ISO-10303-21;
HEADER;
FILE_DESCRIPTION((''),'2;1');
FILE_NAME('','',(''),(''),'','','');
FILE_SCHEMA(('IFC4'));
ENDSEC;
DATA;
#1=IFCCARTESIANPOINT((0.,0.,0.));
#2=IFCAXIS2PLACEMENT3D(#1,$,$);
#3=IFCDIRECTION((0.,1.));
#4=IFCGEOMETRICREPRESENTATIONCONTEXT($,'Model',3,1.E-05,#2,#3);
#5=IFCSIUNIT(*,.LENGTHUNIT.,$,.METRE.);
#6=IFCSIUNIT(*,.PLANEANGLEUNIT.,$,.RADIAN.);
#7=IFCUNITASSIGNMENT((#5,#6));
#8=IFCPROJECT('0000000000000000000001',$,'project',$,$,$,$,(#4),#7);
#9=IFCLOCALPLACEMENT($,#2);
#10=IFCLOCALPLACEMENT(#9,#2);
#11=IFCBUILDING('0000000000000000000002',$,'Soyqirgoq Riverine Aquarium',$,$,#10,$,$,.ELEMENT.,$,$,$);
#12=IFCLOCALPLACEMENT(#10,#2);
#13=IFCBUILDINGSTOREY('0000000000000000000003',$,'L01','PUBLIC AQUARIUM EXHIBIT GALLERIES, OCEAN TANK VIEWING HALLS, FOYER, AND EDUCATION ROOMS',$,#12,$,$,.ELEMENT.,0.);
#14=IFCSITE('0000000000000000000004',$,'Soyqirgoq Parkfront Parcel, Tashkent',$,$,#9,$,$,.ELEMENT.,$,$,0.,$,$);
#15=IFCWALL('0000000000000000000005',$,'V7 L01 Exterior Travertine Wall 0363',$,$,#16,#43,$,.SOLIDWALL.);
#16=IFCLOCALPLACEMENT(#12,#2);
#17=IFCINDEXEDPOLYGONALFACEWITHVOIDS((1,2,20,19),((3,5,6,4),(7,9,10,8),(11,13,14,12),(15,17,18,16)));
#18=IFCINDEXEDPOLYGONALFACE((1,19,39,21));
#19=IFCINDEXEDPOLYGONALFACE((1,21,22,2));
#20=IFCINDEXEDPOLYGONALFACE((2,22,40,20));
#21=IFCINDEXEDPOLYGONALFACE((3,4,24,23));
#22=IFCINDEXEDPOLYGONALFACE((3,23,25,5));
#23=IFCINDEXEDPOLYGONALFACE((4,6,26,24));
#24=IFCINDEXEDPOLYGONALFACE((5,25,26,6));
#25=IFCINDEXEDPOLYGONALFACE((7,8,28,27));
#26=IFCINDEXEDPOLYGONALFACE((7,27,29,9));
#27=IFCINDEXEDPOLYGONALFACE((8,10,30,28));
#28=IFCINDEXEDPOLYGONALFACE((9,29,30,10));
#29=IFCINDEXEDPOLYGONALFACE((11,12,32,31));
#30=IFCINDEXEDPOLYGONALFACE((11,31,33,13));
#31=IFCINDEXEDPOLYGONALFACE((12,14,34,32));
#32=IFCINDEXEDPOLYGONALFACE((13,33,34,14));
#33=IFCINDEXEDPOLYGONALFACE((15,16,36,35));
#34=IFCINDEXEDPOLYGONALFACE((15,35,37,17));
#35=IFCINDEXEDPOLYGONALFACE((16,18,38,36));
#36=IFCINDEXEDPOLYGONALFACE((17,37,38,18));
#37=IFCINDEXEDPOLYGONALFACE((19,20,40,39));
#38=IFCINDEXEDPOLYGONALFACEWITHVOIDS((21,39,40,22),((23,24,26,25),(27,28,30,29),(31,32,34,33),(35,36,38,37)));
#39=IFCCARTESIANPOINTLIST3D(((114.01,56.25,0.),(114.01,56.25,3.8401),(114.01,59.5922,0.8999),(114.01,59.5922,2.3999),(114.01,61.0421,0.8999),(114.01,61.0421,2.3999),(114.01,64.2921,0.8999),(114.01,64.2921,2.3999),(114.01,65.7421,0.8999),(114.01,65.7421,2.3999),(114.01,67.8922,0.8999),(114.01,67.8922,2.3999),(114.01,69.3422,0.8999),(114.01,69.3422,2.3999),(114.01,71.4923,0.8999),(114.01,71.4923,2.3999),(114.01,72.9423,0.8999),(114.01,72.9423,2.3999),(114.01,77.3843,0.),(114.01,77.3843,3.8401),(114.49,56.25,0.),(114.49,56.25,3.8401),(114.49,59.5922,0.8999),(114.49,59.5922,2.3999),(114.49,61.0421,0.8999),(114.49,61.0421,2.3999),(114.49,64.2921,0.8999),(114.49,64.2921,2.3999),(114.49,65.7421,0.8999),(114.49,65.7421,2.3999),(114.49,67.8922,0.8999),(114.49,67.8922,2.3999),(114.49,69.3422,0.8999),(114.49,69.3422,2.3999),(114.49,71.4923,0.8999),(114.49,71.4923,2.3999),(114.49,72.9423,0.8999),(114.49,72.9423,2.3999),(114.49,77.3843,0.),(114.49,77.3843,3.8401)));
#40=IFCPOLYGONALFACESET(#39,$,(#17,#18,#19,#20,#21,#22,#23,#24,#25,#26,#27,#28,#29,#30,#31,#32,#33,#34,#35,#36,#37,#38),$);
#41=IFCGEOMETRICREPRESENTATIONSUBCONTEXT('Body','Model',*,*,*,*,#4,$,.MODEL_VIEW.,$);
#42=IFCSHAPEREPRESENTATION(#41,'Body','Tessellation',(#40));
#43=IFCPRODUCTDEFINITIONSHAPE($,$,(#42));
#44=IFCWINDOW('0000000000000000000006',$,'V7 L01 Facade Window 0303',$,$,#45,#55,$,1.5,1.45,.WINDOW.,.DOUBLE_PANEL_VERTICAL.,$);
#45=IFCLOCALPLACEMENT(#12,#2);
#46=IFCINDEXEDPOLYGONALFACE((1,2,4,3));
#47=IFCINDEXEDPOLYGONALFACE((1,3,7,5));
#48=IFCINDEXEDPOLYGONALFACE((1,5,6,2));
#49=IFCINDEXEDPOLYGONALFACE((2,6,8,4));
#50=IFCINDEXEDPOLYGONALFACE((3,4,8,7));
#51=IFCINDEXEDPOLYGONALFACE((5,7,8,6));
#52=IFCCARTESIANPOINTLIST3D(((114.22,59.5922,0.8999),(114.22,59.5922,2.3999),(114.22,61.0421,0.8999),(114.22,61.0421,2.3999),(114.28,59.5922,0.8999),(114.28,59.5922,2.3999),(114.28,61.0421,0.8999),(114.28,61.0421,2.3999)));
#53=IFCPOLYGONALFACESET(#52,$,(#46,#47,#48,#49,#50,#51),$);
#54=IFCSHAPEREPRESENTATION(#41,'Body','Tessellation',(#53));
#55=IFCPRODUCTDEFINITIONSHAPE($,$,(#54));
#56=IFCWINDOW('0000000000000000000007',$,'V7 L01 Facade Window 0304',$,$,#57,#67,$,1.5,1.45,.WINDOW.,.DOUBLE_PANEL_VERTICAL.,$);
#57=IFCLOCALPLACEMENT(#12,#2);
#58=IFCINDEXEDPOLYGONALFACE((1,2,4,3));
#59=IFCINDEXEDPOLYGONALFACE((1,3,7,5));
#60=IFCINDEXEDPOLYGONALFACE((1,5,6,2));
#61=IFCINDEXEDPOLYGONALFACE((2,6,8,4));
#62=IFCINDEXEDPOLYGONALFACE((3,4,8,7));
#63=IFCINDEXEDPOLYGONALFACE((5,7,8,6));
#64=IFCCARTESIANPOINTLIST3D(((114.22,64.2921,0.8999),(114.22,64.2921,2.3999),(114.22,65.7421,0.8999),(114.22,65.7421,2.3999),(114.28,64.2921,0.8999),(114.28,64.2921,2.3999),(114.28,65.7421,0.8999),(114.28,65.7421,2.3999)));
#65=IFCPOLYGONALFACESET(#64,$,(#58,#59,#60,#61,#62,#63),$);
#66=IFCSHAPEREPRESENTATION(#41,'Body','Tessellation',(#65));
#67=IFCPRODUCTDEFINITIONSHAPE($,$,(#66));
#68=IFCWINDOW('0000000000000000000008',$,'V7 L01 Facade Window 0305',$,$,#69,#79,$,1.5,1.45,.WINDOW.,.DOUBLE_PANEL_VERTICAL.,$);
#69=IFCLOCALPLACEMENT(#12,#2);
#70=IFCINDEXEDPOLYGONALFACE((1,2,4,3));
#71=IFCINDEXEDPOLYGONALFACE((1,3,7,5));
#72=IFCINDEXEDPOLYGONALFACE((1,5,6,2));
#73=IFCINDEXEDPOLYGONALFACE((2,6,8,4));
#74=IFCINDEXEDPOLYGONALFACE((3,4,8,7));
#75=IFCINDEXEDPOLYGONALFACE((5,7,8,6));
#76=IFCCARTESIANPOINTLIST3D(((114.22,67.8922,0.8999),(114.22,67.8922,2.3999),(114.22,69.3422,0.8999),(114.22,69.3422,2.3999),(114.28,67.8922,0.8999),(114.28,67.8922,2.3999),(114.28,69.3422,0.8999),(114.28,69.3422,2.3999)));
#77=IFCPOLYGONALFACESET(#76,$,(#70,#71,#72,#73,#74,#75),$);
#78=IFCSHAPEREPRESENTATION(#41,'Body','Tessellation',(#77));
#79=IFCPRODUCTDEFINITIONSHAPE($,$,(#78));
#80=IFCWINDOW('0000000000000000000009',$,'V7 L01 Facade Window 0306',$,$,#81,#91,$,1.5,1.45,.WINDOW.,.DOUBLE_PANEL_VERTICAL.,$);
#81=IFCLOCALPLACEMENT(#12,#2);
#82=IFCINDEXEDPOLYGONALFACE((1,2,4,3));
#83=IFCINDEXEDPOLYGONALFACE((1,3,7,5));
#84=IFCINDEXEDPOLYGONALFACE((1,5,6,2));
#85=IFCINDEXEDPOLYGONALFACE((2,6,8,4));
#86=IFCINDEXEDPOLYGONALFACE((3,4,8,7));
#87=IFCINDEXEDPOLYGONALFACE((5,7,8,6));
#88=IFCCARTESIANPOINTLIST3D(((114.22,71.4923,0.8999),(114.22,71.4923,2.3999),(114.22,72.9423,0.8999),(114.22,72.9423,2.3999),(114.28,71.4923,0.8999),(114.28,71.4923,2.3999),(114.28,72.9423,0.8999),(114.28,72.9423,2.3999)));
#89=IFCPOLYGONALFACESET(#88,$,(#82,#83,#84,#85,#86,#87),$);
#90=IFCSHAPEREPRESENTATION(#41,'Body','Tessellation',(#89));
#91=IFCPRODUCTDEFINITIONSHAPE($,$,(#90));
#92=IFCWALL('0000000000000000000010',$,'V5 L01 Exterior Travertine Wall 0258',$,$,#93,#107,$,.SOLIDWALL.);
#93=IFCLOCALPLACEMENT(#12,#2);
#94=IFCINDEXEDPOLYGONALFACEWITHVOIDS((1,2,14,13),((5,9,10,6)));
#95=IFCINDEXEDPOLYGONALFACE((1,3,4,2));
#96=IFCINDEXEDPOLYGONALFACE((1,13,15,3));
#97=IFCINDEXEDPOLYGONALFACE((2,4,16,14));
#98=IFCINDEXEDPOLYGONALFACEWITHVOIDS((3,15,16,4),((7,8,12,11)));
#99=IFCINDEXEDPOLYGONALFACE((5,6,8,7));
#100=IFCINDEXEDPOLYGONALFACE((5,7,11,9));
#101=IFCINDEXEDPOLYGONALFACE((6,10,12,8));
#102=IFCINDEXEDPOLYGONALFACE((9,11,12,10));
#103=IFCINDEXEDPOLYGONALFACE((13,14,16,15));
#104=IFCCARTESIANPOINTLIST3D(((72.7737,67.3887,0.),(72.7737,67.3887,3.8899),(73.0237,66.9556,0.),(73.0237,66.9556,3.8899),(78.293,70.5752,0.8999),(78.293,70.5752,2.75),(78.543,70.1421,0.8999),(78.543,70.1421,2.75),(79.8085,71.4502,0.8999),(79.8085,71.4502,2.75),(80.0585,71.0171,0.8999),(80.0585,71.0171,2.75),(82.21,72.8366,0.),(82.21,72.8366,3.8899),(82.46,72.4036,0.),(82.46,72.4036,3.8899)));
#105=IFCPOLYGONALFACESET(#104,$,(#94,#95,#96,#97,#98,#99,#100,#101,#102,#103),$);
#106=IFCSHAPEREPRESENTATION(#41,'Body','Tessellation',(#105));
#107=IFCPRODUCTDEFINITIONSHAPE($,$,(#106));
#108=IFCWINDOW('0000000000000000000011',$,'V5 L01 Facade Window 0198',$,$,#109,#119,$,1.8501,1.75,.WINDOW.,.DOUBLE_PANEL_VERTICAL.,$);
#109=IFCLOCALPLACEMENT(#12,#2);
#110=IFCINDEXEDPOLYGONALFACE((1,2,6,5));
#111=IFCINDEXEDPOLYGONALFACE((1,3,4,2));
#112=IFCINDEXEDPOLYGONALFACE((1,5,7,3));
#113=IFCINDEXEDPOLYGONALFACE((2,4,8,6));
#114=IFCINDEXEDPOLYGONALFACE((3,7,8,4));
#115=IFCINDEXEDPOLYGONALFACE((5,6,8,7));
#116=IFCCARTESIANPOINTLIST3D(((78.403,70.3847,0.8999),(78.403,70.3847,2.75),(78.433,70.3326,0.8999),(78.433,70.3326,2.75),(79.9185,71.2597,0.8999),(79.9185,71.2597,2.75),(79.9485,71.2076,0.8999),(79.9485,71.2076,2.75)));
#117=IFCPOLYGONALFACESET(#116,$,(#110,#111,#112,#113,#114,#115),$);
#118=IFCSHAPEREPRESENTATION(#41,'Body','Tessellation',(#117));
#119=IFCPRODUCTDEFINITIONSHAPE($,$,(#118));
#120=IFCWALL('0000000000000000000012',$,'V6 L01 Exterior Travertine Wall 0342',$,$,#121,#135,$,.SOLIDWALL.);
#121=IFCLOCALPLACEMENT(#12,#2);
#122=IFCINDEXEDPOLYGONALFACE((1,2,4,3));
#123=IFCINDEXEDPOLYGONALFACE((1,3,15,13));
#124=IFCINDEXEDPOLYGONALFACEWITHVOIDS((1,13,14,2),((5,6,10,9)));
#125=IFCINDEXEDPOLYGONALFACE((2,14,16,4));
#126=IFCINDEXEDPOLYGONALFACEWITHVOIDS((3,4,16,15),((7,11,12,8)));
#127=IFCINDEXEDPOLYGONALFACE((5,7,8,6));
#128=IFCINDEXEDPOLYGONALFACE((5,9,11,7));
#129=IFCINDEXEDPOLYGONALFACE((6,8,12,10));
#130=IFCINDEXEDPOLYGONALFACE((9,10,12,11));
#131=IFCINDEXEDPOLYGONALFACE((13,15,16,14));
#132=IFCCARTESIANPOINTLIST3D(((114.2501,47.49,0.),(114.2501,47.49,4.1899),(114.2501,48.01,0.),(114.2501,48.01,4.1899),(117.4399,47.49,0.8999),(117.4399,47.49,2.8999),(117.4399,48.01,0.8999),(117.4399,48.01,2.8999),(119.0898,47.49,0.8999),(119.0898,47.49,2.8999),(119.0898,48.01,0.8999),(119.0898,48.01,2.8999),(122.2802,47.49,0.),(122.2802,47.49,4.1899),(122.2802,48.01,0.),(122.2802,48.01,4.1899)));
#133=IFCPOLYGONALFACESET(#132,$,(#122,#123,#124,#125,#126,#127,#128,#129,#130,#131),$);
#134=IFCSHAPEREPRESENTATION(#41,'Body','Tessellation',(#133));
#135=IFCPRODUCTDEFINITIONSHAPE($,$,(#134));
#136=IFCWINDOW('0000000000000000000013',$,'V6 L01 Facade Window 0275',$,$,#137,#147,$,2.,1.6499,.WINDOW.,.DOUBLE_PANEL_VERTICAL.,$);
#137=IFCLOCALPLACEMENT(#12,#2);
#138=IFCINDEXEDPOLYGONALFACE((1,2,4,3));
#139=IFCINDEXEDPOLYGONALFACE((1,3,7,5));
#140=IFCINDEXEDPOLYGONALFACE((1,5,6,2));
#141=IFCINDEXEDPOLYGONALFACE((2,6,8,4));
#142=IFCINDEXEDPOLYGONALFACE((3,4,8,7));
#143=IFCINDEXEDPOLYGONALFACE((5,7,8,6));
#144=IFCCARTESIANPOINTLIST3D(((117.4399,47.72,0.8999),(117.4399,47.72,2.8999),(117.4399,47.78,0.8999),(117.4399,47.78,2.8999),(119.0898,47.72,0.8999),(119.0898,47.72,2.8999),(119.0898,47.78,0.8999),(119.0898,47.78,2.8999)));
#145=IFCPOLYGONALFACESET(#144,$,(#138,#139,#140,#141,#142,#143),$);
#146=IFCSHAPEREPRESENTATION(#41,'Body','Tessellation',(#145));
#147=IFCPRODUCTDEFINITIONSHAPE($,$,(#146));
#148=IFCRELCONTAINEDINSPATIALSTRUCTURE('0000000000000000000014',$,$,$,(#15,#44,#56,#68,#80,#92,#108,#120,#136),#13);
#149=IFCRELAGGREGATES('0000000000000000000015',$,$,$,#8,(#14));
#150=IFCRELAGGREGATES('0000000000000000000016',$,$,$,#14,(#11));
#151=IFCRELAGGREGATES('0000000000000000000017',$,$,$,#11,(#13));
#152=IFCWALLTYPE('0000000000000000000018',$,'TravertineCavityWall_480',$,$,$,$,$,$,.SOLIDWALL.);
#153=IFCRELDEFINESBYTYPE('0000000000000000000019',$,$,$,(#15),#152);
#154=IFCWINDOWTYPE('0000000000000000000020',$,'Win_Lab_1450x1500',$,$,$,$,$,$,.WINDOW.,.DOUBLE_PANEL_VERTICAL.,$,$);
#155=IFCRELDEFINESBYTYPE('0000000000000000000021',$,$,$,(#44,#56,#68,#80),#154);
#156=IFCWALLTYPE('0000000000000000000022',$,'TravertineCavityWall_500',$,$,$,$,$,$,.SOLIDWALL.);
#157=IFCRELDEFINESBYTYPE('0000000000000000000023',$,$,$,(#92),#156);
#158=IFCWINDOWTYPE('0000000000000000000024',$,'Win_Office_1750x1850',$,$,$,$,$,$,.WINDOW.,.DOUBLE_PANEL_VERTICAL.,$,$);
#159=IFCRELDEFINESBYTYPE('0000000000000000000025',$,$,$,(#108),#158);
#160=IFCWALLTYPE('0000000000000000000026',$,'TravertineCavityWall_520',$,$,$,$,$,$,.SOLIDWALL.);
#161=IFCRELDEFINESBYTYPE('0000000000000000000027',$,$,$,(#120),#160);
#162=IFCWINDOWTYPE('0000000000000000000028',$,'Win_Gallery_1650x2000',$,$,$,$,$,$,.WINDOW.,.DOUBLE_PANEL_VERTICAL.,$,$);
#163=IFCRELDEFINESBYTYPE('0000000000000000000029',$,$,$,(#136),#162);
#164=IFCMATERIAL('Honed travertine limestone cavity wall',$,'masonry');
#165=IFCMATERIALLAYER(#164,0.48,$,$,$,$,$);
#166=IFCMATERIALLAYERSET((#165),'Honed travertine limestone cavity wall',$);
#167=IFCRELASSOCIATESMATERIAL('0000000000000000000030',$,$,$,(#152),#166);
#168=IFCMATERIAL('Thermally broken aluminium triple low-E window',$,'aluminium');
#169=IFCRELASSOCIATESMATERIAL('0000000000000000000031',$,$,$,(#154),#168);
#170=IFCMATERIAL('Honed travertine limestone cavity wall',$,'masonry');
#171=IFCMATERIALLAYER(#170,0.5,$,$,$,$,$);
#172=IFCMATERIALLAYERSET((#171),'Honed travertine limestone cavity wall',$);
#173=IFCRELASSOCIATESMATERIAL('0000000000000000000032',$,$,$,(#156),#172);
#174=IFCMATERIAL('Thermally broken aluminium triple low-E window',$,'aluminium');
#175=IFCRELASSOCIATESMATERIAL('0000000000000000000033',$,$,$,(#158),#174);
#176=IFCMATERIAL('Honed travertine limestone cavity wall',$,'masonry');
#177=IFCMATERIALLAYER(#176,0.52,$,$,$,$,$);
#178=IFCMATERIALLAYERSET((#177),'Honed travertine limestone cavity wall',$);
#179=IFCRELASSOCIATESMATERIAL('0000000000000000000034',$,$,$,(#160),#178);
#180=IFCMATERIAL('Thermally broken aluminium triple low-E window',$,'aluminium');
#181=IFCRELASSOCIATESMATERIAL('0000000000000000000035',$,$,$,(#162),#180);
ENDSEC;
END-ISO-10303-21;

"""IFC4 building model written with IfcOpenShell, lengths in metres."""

from ifc_helpers import new_model, si_unit, direction, frame, frame_2d, origin, place, context, subcontext, project, spatial, rectangle, extrude, material, layer, layer_set, type_object, element, fill, save


model = new_model("IFC4")

# Units and contexts
model_context = context("Model", 3, precision=1e-05, world=origin(), true_north=direction((0.0, 1.0)))
body_context = subcontext(model_context, "Body", "Model", "MODEL_VIEW")
ifc_project = project(units=[si_unit("LENGTHUNIT", "METRE"), si_unit("PLANEANGLEUNIT", "RADIAN")], contexts=[model_context])

# Site, building, storey
site_placement = place(None, origin())
site = spatial("IfcSite", under=ifc_project, at=site_placement, Name="Soyqirgoq Parkfront Parcel, Tashkent", CompositionType="ELEMENT", RefElevation=0.0)
building_placement = place(site_placement, origin())
building = spatial("IfcBuilding", under=site, at=building_placement, Name="Soyqirgoq Riverine Aquarium", CompositionType="ELEMENT")
storey_placement = place(building_placement, origin())
storey = spatial("IfcBuildingStorey", under=building, at=storey_placement, Name="L01", Description="PUBLIC AQUARIUM EXHIBIT GALLERIES, OCEAN TANK VIEWING HALLS, FOYER, AND EDUCATION ROOMS", CompositionType="ELEMENT", Elevation=0.0)

# Wall, openings, windows
ifc_material_1 = material(Name="Honed travertine limestone cavity wall", Category="masonry")
ifc_layer_1 = layer(ifc_material_1, 0.48)
ifc_layer_set_1 = layer_set([ifc_layer_1], Name="Honed travertine limestone cavity wall")
wall_type_1 = type_object("IfcWallType", Name="TravertineCavityWall_480", PredefinedType="SOLIDWALL", material=ifc_layer_set_1)
wall_1_placement = place(storey_placement, frame((114.25, 56.25, 0.0), z_axis=(0.0, 0.0, 1.0), x_axis=(0.0, 1.0, 0.0)))
wall_1 = element("IfcWall", 1, at=wall_1_placement, inside=storey, type_object=wall_type_1, Name="V7 L01 Exterior Travertine Wall 0363", PredefinedType="SOLIDWALL", context=body_context, shape_type="SweptSolid", body=[
    extrude(rectangle(XDim=21.1343, YDim=0.48, at=frame_2d((10.5671, 0.0))), origin(), (0.0, 0.0, 1.0), 3.8401),
])
opening_1_placement = place(wall_1_placement, frame((3.342, 0.0, 0.8999)))
opening_1 = element("IfcOpeningElement", 2, at=opening_1_placement, cuts=wall_1, PredefinedType="OPENING", context=body_context, shape_type="SweptSolid", body=[
    extrude(rectangle(XDim=1.45, YDim=1.5, at=frame_2d((0.7251, 0.75))), frame((0.0, 0.25, 0.0), z_axis=(0.0, -1.0, 0.0), x_axis=(1.0, 0.0, 0.0)), (0.0, 0.0, 1.0), 0.5),
])
opening_2_placement = place(wall_1_placement, frame((8.042, 0.0, 0.8999)))
opening_2 = element("IfcOpeningElement", 3, at=opening_2_placement, cuts=wall_1, PredefinedType="OPENING", context=body_context, shape_type="SweptSolid", body=[
    extrude(rectangle(XDim=1.45, YDim=1.5, at=frame_2d((0.7251, 0.75))), frame((0.0, 0.25, 0.0), z_axis=(0.0, -1.0, 0.0), x_axis=(1.0, 0.0, 0.0)), (0.0, 0.0, 1.0), 0.5),
])
opening_3_placement = place(wall_1_placement, frame((11.6421, 0.0, 0.8999)))
opening_3 = element("IfcOpeningElement", 4, at=opening_3_placement, cuts=wall_1, PredefinedType="OPENING", context=body_context, shape_type="SweptSolid", body=[
    extrude(rectangle(XDim=1.45, YDim=1.5, at=frame_2d((0.7251, 0.75))), frame((0.0, 0.25, 0.0), z_axis=(0.0, -1.0, 0.0), x_axis=(1.0, 0.0, 0.0)), (0.0, 0.0, 1.0), 0.5),
])
opening_4_placement = place(wall_1_placement, frame((15.2422, 0.0, 0.8999)))
opening_4 = element("IfcOpeningElement", 5, at=opening_4_placement, cuts=wall_1, PredefinedType="OPENING", context=body_context, shape_type="SweptSolid", body=[
    extrude(rectangle(XDim=1.45, YDim=1.5, at=frame_2d((0.7251, 0.75))), frame((0.0, 0.25, 0.0), z_axis=(0.0, -1.0, 0.0), x_axis=(1.0, 0.0, 0.0)), (0.0, 0.0, 1.0), 0.5),
])
ifc_material_2 = material(Name="Thermally broken aluminium triple low-E window", Category="aluminium")
window_type_1 = type_object("IfcWindowType", Name="Win_Lab_1450x1500", PartitioningType="DOUBLE_PANEL_VERTICAL", PredefinedType="WINDOW", material=ifc_material_2)
window_1_placement = place(opening_1_placement, origin())
window_1 = element("IfcWindow", 6, at=window_1_placement, inside=storey, type_object=window_type_1, Name="V7 L01 Facade Window 0303", OverallHeight=1.5, OverallWidth=1.45, PartitioningType="DOUBLE_PANEL_VERTICAL", PredefinedType="WINDOW", context=body_context, shape_type="SweptSolid", body=[
    extrude(rectangle(XDim=1.45, YDim=1.5, at=frame_2d((0.7251, 0.75))), frame((0.0, 0.03, 0.0), z_axis=(0.0, -1.0, 0.0), x_axis=(1.0, 0.0, 0.0)), (0.0, 0.0, 1.0), 0.0601),
])
fill(opening_1, window_1)
window_2_placement = place(opening_2_placement, origin())
window_2 = element("IfcWindow", 7, at=window_2_placement, inside=storey, type_object=window_type_1, Name="V7 L01 Facade Window 0304", OverallHeight=1.5, OverallWidth=1.45, PartitioningType="DOUBLE_PANEL_VERTICAL", PredefinedType="WINDOW", context=body_context, shape_type="SweptSolid", body=[
    extrude(rectangle(XDim=1.45, YDim=1.5, at=frame_2d((0.7251, 0.75))), frame((0.0, 0.03, 0.0), z_axis=(0.0, -1.0, 0.0), x_axis=(1.0, 0.0, 0.0)), (0.0, 0.0, 1.0), 0.0601),
])
fill(opening_2, window_2)
window_3_placement = place(opening_3_placement, origin())
window_3 = element("IfcWindow", 8, at=window_3_placement, inside=storey, type_object=window_type_1, Name="V7 L01 Facade Window 0305", OverallHeight=1.5, OverallWidth=1.45, PartitioningType="DOUBLE_PANEL_VERTICAL", PredefinedType="WINDOW", context=body_context, shape_type="SweptSolid", body=[
    extrude(rectangle(XDim=1.45, YDim=1.5, at=frame_2d((0.7251, 0.75))), frame((0.0, 0.03, 0.0), z_axis=(0.0, -1.0, 0.0), x_axis=(1.0, 0.0, 0.0)), (0.0, 0.0, 1.0), 0.0601),
])
fill(opening_3, window_3)
window_4_placement = place(opening_4_placement, origin())
window_4 = element("IfcWindow", 9, at=window_4_placement, inside=storey, type_object=window_type_1, Name="V7 L01 Facade Window 0306", OverallHeight=1.5, OverallWidth=1.45, PartitioningType="DOUBLE_PANEL_VERTICAL", PredefinedType="WINDOW", context=body_context, shape_type="SweptSolid", body=[
    extrude(rectangle(XDim=1.45, YDim=1.5, at=frame_2d((0.7251, 0.75))), frame((0.0, 0.03, 0.0), z_axis=(0.0, -1.0, 0.0), x_axis=(1.0, 0.0, 0.0)), (0.0, 0.0, 1.0), 0.0601),
])
fill(opening_4, window_4)

# Walls, openings, windows
ifc_material_3 = material(Name="Honed travertine limestone cavity wall", Category="masonry")
ifc_layer_2 = layer(ifc_material_3, 0.5)
ifc_layer_set_2 = layer_set([ifc_layer_2], Name="Honed travertine limestone cavity wall")
wall_type_2 = type_object("IfcWallType", Name="TravertineCavityWall_500", PredefinedType="SOLIDWALL", material=ifc_layer_set_2)
wall_2_placement = place(storey_placement, frame((82.335, 72.6201, 0.0), z_axis=(0.0, 0.0, 1.0), x_axis=(-0.866027, -0.499997, 0.0)))
wall_2 = element("IfcWall", 10, at=wall_2_placement, inside=storey, type_object=wall_type_2, Name="V5 L01 Exterior Travertine Wall 0258", PredefinedType="SOLIDWALL", context=body_context, shape_type="SweptSolid", body=[
    extrude(rectangle(XDim=10.896, YDim=0.5, at=frame_2d((5.448, 0.0))), origin(), (0.0, 0.0, 1.0), 3.8899),
])
opening_5_placement = place(wall_2_placement, frame((2.7729, 0.0, 0.8999)))
opening_5 = element("IfcOpeningElement", 11, at=opening_5_placement, cuts=wall_2, PredefinedType="OPENING", context=body_context, shape_type="SweptSolid", body=[
    extrude(rectangle(XDim=1.75, YDim=1.8501, at=frame_2d((0.875, 0.925))), frame((0.0, 0.26, 0.0), z_axis=(0.0, -1.0, 0.0), x_axis=(1.0, 0.0, 0.0)), (0.0, 0.0, 1.0), 0.52),
])
ifc_material_4 = material(Name="Thermally broken aluminium triple low-E window", Category="aluminium")
window_type_2 = type_object("IfcWindowType", Name="Win_Office_1750x1850", PartitioningType="DOUBLE_PANEL_VERTICAL", PredefinedType="WINDOW", material=ifc_material_4)
window_5_placement = place(opening_5_placement, origin())
window_5 = element("IfcWindow", 12, at=window_5_placement, inside=storey, type_object=window_type_2, Name="V5 L01 Facade Window 0198", OverallHeight=1.8501, OverallWidth=1.75, PartitioningType="DOUBLE_PANEL_VERTICAL", PredefinedType="WINDOW", context=body_context, shape_type="SweptSolid", body=[
    extrude(rectangle(XDim=1.75, YDim=1.8501, at=frame_2d((0.875, 0.925))), frame((0.0, 0.03, 0.0), z_axis=(0.0, -1.0, 0.0), x_axis=(1.0, 0.0, 0.0)), (0.0, 0.0, 1.0), 0.0601),
])
fill(opening_5, window_5)
ifc_material_5 = material(Name="Honed travertine limestone cavity wall", Category="masonry")
ifc_layer_3 = layer(ifc_material_5, 0.52)
ifc_layer_set_3 = layer_set([ifc_layer_3], Name="Honed travertine limestone cavity wall")
wall_type_3 = type_object("IfcWallType", Name="TravertineCavityWall_520", PredefinedType="SOLIDWALL", material=ifc_layer_set_3)
wall_3_placement = place(storey_placement, frame((114.25, 47.75, 0.0), z_axis=(0.0, 0.0, 1.0), x_axis=(1.0, 0.0, 0.0)))
wall_3 = element("IfcWall", 13, at=wall_3_placement, inside=storey, type_object=wall_type_3, Name="V6 L01 Exterior Travertine Wall 0342", PredefinedType="SOLIDWALL", context=body_context, shape_type="SweptSolid", body=[
    extrude(rectangle(XDim=8.03, YDim=0.52, at=frame_2d((4.0151, 0.0))), origin(), (0.0, 0.0, 1.0), 4.1899),
])
opening_6_placement = place(wall_3_placement, frame((3.1899, 0.0, 0.8999)))
opening_6 = element("IfcOpeningElement", 14, at=opening_6_placement, cuts=wall_3, PredefinedType="OPENING", context=body_context, shape_type="SweptSolid", body=[
    extrude(rectangle(XDim=1.6499, YDim=2.0, at=frame_2d((0.825, 1.0))), frame((0.0, 0.27, 0.0), z_axis=(0.0, -1.0, 0.0), x_axis=(1.0, 0.0, 0.0)), (0.0, 0.0, 1.0), 0.54),
])
ifc_material_6 = material(Name="Thermally broken aluminium triple low-E window", Category="aluminium")
window_type_3 = type_object("IfcWindowType", Name="Win_Gallery_1650x2000", PartitioningType="DOUBLE_PANEL_VERTICAL", PredefinedType="WINDOW", material=ifc_material_6)
window_6_placement = place(opening_6_placement, origin())
window_6 = element("IfcWindow", 15, at=window_6_placement, inside=storey, type_object=window_type_3, Name="V6 L01 Facade Window 0275", OverallHeight=2.0, OverallWidth=1.6499, PartitioningType="DOUBLE_PANEL_VERTICAL", PredefinedType="WINDOW", context=body_context, shape_type="SweptSolid", body=[
    extrude(rectangle(XDim=1.6499, YDim=2.0, at=frame_2d((0.825, 1.0))), frame((0.0, 0.03, 0.0), z_axis=(0.0, -1.0, 0.0), x_axis=(1.0, 0.0, 0.0)), (0.0, 0.0, 1.0), 0.0601),
])
fill(opening_6, window_6)

save(model, "model.ifc")
